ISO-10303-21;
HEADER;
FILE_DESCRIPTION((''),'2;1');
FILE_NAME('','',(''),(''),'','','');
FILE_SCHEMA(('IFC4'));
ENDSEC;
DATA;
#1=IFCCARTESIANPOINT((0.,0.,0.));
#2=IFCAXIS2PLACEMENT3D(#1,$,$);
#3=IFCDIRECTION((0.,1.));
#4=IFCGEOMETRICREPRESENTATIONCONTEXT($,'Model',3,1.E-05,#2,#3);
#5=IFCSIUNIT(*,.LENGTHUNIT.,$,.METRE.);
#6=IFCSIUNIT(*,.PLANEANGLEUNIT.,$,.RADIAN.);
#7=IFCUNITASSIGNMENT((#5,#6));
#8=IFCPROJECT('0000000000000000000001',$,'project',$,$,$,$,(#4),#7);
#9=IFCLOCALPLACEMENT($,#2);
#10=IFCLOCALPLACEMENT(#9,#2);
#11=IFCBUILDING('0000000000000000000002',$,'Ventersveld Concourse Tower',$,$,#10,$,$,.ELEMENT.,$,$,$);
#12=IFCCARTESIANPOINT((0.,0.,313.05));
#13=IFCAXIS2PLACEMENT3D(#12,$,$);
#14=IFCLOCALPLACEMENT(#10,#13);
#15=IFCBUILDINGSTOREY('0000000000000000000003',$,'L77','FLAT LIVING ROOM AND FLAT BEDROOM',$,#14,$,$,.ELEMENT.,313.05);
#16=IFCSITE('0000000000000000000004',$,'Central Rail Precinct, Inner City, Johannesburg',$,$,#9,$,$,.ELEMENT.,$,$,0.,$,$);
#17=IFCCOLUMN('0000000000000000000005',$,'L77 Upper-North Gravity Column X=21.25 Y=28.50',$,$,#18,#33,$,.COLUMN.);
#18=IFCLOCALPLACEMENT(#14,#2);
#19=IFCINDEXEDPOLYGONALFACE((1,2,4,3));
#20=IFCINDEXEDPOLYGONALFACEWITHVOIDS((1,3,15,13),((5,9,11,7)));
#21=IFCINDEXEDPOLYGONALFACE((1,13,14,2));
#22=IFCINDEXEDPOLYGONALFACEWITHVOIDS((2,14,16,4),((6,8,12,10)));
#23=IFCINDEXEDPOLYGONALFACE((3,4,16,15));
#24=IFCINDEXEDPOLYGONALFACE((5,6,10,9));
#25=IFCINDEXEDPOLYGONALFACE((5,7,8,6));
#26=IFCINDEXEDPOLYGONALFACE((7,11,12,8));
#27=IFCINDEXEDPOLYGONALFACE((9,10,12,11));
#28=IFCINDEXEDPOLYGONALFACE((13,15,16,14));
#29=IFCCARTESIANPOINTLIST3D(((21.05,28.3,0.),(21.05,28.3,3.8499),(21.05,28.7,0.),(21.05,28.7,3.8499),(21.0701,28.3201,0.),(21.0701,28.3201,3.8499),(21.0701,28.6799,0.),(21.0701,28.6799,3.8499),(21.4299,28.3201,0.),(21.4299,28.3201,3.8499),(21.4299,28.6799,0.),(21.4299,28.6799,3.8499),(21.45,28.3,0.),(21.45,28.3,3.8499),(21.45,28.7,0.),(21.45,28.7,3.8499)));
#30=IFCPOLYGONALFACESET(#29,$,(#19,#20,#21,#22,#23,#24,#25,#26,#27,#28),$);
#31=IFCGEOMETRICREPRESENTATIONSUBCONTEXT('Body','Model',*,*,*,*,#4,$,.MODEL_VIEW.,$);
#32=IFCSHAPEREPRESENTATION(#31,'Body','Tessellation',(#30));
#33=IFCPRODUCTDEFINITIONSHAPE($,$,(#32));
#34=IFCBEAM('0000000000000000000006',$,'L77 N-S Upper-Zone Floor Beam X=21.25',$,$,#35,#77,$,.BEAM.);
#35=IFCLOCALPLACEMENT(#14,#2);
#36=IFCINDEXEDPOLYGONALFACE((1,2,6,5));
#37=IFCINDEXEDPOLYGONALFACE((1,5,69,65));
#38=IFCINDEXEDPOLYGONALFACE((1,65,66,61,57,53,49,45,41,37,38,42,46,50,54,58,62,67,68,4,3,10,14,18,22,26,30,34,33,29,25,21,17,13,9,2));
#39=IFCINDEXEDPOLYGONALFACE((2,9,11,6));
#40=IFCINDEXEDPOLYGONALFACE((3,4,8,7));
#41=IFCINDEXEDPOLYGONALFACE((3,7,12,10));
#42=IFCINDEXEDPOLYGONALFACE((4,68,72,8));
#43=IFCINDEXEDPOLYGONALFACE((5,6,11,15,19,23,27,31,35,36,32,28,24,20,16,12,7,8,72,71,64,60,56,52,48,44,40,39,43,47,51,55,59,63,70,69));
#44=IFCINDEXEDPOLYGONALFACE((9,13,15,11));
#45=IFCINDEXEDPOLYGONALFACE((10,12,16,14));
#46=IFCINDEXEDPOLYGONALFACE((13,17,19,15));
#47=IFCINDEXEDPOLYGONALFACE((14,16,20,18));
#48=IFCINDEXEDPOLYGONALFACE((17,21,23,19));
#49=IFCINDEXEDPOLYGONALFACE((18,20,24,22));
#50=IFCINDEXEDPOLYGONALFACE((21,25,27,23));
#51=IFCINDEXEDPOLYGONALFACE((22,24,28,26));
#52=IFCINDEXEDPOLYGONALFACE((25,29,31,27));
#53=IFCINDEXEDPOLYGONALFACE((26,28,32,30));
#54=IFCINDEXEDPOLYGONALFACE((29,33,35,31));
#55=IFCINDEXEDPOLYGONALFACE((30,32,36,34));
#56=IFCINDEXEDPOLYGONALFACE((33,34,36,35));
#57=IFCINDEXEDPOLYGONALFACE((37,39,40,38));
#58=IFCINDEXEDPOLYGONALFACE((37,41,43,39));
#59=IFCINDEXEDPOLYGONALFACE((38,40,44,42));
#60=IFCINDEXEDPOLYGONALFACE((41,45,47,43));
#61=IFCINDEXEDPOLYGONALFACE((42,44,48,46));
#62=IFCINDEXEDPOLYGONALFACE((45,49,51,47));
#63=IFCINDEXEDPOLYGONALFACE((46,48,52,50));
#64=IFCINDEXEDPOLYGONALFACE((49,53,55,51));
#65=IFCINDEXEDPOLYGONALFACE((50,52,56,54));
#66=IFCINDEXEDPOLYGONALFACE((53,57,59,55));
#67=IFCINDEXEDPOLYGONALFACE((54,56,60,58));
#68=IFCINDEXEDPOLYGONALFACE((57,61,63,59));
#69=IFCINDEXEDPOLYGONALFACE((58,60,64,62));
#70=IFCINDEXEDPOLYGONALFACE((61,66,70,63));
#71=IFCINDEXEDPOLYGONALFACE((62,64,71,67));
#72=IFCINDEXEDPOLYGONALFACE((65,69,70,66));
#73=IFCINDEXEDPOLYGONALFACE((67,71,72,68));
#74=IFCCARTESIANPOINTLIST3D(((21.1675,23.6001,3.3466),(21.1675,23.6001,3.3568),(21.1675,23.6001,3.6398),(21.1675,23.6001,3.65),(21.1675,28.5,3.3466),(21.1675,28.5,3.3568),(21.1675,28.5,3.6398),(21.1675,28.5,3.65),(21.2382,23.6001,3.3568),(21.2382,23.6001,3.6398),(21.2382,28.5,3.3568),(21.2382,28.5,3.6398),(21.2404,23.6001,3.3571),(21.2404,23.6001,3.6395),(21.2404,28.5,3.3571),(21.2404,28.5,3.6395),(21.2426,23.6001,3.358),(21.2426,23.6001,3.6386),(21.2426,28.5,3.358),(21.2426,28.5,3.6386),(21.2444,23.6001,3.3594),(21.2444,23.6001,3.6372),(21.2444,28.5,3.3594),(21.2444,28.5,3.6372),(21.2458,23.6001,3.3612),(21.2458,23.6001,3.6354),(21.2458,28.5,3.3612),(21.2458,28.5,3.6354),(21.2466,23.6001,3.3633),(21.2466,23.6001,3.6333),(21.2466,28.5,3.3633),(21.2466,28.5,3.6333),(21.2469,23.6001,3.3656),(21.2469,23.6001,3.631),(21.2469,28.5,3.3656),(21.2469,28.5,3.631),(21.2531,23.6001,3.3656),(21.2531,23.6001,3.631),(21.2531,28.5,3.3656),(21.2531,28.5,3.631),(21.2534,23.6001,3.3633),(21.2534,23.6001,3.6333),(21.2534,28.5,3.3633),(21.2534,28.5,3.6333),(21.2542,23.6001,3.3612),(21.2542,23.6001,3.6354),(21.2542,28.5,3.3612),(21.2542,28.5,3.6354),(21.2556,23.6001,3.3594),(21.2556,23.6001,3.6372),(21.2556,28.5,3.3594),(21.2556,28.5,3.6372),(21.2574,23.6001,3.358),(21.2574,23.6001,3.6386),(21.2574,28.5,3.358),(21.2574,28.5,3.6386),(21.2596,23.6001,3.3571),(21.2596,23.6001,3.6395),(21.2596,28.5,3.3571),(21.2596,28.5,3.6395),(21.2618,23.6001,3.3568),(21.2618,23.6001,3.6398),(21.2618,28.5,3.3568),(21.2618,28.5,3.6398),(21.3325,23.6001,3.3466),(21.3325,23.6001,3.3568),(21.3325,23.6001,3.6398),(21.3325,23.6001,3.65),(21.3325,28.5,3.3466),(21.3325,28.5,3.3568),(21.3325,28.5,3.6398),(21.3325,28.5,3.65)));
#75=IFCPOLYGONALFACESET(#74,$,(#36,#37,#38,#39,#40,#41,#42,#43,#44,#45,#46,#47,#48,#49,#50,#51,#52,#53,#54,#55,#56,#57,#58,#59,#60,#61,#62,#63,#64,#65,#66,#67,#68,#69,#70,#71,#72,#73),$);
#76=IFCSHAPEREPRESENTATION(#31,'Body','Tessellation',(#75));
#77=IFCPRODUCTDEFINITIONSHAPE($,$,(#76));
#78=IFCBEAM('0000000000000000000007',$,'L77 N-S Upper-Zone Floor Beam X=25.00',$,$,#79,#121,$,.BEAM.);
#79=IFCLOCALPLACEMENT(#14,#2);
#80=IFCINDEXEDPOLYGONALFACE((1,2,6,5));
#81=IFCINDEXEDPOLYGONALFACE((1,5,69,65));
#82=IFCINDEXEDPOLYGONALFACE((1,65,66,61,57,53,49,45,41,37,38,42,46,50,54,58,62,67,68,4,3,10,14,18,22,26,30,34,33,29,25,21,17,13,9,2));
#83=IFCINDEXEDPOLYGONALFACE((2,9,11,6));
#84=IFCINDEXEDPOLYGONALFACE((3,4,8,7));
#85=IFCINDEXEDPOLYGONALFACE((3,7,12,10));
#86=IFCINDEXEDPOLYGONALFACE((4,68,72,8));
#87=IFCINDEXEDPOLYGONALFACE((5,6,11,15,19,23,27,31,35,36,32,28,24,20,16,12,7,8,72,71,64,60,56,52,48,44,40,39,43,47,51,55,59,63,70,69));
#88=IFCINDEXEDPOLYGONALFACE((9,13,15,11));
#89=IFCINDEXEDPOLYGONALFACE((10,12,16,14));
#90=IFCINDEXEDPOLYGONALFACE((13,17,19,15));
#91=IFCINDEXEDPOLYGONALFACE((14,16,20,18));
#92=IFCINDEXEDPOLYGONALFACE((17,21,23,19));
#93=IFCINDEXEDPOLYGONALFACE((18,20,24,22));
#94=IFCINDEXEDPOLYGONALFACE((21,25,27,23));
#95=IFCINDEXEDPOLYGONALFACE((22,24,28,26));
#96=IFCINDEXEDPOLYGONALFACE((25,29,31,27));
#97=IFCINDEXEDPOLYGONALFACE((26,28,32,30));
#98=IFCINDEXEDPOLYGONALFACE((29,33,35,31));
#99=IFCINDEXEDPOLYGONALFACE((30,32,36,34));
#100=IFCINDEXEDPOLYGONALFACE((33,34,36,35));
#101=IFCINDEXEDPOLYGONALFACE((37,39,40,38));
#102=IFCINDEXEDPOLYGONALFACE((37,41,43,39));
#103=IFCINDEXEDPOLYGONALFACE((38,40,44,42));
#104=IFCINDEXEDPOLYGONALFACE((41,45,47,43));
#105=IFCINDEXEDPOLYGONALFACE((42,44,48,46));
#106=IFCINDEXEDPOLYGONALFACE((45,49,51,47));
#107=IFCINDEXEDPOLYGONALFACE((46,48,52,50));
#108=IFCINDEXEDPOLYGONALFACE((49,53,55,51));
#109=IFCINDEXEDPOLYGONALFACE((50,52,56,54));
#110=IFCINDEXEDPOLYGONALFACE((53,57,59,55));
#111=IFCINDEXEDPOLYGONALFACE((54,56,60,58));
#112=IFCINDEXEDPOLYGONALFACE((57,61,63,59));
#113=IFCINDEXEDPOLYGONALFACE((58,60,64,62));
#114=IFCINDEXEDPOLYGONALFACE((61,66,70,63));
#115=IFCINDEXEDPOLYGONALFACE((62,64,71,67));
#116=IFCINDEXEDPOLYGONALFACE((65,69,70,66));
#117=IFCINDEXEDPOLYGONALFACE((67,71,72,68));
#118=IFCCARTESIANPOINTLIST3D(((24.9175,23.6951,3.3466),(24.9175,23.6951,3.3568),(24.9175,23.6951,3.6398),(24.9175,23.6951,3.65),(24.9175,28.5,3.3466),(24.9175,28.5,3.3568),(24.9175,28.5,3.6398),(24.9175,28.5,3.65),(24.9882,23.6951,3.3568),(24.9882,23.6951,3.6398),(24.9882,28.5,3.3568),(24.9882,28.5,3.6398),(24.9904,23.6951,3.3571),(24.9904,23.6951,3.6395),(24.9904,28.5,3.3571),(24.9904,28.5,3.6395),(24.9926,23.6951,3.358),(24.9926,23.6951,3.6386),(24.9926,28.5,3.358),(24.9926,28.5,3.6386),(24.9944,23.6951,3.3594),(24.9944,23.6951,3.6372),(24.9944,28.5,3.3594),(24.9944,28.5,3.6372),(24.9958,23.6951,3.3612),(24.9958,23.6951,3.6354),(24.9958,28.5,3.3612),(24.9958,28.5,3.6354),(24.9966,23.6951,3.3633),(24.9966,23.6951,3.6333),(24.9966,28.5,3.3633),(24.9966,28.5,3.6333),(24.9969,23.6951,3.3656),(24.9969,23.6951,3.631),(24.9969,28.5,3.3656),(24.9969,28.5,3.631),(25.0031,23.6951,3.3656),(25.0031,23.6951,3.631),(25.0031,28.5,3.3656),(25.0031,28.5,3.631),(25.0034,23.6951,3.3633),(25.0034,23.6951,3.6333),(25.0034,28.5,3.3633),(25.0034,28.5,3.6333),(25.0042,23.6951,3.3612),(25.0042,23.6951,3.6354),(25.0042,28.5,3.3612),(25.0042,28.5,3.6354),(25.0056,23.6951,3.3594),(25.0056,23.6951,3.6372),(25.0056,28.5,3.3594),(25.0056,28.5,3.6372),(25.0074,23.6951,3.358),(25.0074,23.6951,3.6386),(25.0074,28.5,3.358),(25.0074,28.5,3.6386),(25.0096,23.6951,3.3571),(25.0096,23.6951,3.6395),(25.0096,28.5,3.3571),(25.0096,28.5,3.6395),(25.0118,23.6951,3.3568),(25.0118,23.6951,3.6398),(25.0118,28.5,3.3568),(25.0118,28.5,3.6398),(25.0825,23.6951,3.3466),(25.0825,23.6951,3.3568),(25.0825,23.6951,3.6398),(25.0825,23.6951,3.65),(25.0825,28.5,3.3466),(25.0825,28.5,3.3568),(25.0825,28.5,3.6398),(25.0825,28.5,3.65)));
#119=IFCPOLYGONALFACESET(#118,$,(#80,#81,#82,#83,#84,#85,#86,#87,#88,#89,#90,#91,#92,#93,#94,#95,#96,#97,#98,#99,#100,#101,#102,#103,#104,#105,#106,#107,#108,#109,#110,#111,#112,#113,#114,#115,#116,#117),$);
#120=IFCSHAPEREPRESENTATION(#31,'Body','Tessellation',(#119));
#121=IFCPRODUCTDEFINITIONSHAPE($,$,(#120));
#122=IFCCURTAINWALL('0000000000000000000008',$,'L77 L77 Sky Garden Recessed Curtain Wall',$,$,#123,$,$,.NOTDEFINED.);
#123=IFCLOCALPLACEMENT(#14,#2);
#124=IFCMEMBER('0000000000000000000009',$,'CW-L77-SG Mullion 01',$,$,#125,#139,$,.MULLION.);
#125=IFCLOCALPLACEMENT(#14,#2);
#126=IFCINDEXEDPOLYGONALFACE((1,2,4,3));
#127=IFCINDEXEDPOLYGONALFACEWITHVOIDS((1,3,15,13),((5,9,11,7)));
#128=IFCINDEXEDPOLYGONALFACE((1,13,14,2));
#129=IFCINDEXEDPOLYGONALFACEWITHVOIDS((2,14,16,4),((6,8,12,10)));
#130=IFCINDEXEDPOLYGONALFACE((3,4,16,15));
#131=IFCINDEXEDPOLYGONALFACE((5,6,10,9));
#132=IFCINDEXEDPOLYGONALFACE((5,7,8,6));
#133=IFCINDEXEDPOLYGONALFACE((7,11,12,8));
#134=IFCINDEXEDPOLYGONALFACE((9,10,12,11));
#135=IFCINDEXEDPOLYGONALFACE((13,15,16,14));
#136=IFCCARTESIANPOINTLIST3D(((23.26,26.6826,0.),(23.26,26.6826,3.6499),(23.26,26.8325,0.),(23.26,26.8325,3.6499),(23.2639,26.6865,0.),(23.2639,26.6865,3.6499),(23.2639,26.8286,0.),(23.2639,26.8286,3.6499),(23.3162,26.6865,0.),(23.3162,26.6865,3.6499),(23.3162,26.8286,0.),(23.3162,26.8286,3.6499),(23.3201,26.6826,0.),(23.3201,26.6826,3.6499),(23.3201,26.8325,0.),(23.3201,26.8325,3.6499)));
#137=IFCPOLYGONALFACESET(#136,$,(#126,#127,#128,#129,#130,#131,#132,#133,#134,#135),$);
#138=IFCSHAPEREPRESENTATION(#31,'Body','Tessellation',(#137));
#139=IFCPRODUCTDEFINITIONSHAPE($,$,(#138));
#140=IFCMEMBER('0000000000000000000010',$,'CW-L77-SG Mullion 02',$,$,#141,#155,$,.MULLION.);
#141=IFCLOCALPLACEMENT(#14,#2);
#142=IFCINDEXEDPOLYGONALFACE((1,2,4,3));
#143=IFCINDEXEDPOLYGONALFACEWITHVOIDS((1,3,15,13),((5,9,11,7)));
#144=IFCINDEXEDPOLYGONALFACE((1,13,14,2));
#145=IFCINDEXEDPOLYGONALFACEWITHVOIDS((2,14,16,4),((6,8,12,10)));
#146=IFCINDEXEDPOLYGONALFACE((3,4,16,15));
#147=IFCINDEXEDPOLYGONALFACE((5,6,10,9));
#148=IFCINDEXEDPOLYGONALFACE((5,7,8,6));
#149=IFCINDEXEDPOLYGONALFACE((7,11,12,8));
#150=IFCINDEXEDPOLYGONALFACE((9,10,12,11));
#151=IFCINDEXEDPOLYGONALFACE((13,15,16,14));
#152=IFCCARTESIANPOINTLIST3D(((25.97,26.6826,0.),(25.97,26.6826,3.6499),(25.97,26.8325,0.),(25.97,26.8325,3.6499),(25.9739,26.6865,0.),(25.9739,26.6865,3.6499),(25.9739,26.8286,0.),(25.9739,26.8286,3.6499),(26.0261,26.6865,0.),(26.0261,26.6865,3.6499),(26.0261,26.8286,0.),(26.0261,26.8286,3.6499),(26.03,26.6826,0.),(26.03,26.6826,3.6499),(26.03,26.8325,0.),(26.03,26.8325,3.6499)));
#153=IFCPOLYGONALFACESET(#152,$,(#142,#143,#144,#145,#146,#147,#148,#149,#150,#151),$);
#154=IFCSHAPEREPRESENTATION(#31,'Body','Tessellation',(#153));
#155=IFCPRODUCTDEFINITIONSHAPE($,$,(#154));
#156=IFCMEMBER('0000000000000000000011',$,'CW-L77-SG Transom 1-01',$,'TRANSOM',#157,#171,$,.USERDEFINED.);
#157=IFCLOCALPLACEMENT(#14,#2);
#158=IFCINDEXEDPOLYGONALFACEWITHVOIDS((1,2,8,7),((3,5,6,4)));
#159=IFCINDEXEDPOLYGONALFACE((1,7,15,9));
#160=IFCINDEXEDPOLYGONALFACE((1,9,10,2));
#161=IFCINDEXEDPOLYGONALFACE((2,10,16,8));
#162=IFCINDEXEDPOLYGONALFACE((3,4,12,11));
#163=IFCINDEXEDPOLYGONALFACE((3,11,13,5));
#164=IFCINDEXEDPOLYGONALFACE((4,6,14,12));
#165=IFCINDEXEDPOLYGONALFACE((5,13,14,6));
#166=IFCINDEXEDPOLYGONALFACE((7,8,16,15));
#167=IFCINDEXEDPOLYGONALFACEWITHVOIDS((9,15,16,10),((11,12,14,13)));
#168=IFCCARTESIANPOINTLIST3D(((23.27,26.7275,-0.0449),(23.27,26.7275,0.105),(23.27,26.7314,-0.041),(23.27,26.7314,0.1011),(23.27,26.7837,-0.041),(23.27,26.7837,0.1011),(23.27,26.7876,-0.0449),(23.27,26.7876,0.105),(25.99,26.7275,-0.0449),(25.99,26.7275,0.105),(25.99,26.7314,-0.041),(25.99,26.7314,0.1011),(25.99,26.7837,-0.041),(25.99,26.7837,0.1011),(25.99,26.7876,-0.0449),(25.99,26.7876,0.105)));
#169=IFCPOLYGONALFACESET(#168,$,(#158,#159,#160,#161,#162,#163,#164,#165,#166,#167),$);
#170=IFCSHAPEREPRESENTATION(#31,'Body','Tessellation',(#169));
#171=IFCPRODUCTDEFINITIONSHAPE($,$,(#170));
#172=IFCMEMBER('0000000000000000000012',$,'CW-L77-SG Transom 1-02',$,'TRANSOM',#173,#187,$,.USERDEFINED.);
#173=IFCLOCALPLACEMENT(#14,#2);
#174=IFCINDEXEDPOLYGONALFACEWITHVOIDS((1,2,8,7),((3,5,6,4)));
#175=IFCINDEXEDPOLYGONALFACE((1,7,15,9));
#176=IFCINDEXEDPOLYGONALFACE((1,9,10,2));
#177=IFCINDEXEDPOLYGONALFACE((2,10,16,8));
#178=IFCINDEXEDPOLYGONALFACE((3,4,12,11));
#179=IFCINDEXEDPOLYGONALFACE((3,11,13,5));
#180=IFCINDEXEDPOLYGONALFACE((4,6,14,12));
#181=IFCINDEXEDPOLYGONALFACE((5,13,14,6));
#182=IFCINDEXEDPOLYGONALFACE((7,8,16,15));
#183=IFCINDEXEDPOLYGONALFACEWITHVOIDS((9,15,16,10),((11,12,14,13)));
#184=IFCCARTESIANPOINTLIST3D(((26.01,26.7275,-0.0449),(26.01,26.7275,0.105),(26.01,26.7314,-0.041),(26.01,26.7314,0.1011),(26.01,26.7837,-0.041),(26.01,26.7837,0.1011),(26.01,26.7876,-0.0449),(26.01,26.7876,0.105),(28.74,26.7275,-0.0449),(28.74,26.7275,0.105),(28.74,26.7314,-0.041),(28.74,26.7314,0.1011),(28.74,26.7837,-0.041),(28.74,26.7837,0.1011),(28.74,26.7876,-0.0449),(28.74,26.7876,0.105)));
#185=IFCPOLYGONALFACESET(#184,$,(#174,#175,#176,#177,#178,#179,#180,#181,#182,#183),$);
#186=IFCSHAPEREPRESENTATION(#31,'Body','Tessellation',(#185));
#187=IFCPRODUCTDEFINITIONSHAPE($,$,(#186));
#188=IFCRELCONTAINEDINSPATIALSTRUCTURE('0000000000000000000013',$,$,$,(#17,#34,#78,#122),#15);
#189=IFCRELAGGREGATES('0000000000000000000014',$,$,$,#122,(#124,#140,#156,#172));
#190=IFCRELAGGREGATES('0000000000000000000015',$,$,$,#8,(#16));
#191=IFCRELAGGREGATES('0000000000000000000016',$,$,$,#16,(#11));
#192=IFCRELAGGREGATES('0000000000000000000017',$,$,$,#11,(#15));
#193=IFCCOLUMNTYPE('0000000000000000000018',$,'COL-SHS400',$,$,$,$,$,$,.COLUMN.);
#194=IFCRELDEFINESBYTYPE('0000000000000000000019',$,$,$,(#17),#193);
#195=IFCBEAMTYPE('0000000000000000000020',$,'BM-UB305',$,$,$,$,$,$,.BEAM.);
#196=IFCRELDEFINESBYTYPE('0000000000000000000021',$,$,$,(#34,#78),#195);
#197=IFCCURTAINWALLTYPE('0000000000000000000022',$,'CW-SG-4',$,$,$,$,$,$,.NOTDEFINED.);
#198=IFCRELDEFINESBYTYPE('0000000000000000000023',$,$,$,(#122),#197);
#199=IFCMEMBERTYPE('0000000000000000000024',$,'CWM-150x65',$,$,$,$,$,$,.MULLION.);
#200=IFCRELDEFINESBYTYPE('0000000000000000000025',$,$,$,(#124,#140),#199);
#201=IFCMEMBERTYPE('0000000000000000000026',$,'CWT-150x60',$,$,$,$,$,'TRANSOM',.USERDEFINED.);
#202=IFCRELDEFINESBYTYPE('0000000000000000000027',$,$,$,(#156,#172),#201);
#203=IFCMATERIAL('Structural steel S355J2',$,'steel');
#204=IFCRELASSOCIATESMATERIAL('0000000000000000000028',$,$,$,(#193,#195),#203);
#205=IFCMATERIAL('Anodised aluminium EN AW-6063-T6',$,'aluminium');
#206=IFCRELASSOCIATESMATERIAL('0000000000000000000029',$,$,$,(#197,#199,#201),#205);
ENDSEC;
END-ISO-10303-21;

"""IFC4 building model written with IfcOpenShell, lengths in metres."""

from ifc_helpers import new_model, si_unit, direction, frame, origin, origin_2d, place, context, subcontext, project, spatial, hollow_rectangle, i_section, extrude, material, material_profile, profile_set, type_object, element, aggregate, save


model = new_model("IFC4")

# Units and contexts
model_context = context("Model", 3, precision=1e-05, world=origin(), true_north=direction((0.0, 1.0)))
body_context = subcontext(model_context, "Body", "Model", "MODEL_VIEW")
ifc_project = project(units=[si_unit("LENGTHUNIT", "METRE"), si_unit("PLANEANGLEUNIT", "RADIAN")], contexts=[model_context])

# Site, building, storey
site_placement = place(None, origin())
site = spatial("IfcSite", under=ifc_project, at=site_placement, Name="Central Rail Precinct, Inner City, Johannesburg", CompositionType="ELEMENT", RefElevation=0.0)
building_placement = place(site_placement, origin())
building = spatial("IfcBuilding", under=site, at=building_placement, Name="Ventersveld Concourse Tower", CompositionType="ELEMENT")
storey_placement = place(building_placement, frame((0.0, 0.0, 313.05)))
storey = spatial("IfcBuildingStorey", under=building, at=storey_placement, Name="L77", Description="FLAT LIVING ROOM AND FLAT BEDROOM", CompositionType="ELEMENT", Elevation=313.05)

# Column
ifc_material_1 = material(Name="Structural steel S355J2", Category="steel")
ifc_material_profile_1 = material_profile(ifc_material_1, hollow_rectangle(XDim=0.3999, YDim=0.3999, WallThickness=0.02, at=origin_2d()), Name="SHS 400x400x20")
ifc_profile_set_1 = profile_set([ifc_material_profile_1], Name="Structural steel S355J2")
column_type = type_object("IfcColumnType", Name="COL-SHS400", PredefinedType="COLUMN", material=ifc_profile_set_1)
column_placement = place(storey_placement, frame((21.25, 28.5, 0.0), z_axis=(0.0, 0.0, 1.0), x_axis=(1.0, 0.0, 0.0)))
element("IfcColumn", 1, at=column_placement, inside=storey, type_object=column_type, Name="L77 Upper-North Gravity Column X=21.25 Y=28.50", PredefinedType="COLUMN", context=body_context, shape_type="SweptSolid", body=[
    extrude(hollow_rectangle(XDim=0.3999, YDim=0.3999, WallThickness=0.02, at=origin_2d()), origin(), (0.0, 0.0, 1.0), 3.8499),
])

# Beams
ifc_material_profile_2 = material_profile(ifc_material_1, i_section(OverallWidth=0.165, OverallDepth=0.3035, WebThickness=0.0061, FlangeThickness=0.0103, FilletRadius=0.0088, at=origin_2d()), Name="UB 305x165x40")
ifc_profile_set_2 = profile_set([ifc_material_profile_2], Name="Structural steel S355J2")
beam_type_1 = type_object("IfcBeamType", Name="BM-UB305", PredefinedType="BEAM", material=ifc_profile_set_2)
beam_1_placement = place(storey_placement, frame((21.25, 23.6001, 3.4983), z_axis=(0.0, 1.0, 0.0), x_axis=(-1.0, 0.0, 0.0)))
element("IfcBeam", 2, at=beam_1_placement, inside=storey, type_object=beam_type_1, Name="L77 N-S Upper-Zone Floor Beam X=21.25", PredefinedType="BEAM", context=body_context, shape_type="SweptSolid", body=[
    extrude(i_section(OverallWidth=0.165, OverallDepth=0.3035, WebThickness=0.0061, FlangeThickness=0.0103, FilletRadius=0.0088, at=origin_2d()), origin(), (0.0, 0.0, 1.0), 4.8999),
])
beam_2_placement = place(storey_placement, frame((25.0, 23.6951, 3.4983), z_axis=(0.0, 1.0, 0.0), x_axis=(-1.0, 0.0, 0.0)))
element("IfcBeam", 3, at=beam_2_placement, inside=storey, type_object=beam_type_1, Name="L77 N-S Upper-Zone Floor Beam X=25.00", PredefinedType="BEAM", context=body_context, shape_type="SweptSolid", body=[
    extrude(i_section(OverallWidth=0.165, OverallDepth=0.3035, WebThickness=0.0061, FlangeThickness=0.0103, FilletRadius=0.0088, at=origin_2d()), origin(), (0.0, 0.0, 1.0), 4.8049),
])

# Curtain wall, members
ifc_material_2 = material(Name="Anodised aluminium EN AW-6063-T6", Category="aluminium")
curtain_wall_type = type_object("IfcCurtainWallType", Name="CW-SG-4", PredefinedType="NOTDEFINED", material=ifc_material_2)
curtain_wall_placement = place(storey_placement, origin())
curtain_wall = element("IfcCurtainWall", 4, at=curtain_wall_placement, inside=storey, type_object=curtain_wall_type, Name="L77 L77 Sky Garden Recessed Curtain Wall", PredefinedType="NOTDEFINED")
ifc_material_profile_3 = material_profile(ifc_material_2, hollow_rectangle(XDim=0.0601, YDim=0.1499, WallThickness=0.0039, at=origin_2d()), Name="ALU 150x60x4")
ifc_profile_set_3 = profile_set([ifc_material_profile_3], Name="Anodised aluminium EN AW-6063-T6")
member_type_1 = type_object("IfcMemberType", Name="CWM-150x65", PredefinedType="MULLION", material=ifc_profile_set_3)
member_1_placement = place(storey_placement, frame((23.29, 26.7576, 0.0), z_axis=(0.0, 0.0, 1.0), x_axis=(1.0, 0.0, 0.0)))
member_1 = element("IfcMember", 5, at=member_1_placement, type_object=member_type_1, Name="CW-L77-SG Mullion 01", PredefinedType="MULLION", context=body_context, shape_type="SweptSolid", body=[
    extrude(hollow_rectangle(XDim=0.0601, YDim=0.1499, WallThickness=0.0039, at=origin_2d()), origin(), (0.0, 0.0, 1.0), 3.6499),
])
member_2_placement = place(storey_placement, frame((26.0, 26.7576, 0.0), z_axis=(0.0, 0.0, 1.0), x_axis=(1.0, 0.0, 0.0)))
member_2 = element("IfcMember", 6, at=member_2_placement, type_object=member_type_1, Name="CW-L77-SG Mullion 02", PredefinedType="MULLION", context=body_context, shape_type="SweptSolid", body=[
    extrude(hollow_rectangle(XDim=0.0601, YDim=0.1499, WallThickness=0.0039, at=origin_2d()), origin(), (0.0, 0.0, 1.0), 3.6499),
])
ifc_material_profile_4 = material_profile(ifc_material_2, hollow_rectangle(XDim=0.0601, YDim=0.1499, WallThickness=0.0039, at=origin_2d()), Name="ALU 150x60x4")
ifc_profile_set_4 = profile_set([ifc_material_profile_4], Name="Anodised aluminium EN AW-6063-T6")
member_type_2 = type_object("IfcMemberType", Name="CWT-150x60", ElementType="TRANSOM", PredefinedType="USERDEFINED", material=ifc_profile_set_4)
member_3_placement = place(storey_placement, frame((23.27, 26.7576, 0.03), z_axis=(1.0, 0.0, 0.0), x_axis=(0.0, 1.0, 0.0)))
member_3 = element("IfcMember", 7, at=member_3_placement, type_object=member_type_2, Name="CW-L77-SG Transom 1-01", ObjectType="TRANSOM", PredefinedType="USERDEFINED", context=body_context, shape_type="SweptSolid", body=[
    extrude(hollow_rectangle(XDim=0.0601, YDim=0.1499, WallThickness=0.0039, at=origin_2d()), origin(), (0.0, 0.0, 1.0), 2.72),
])
member_4_placement = place(storey_placement, frame((26.01, 26.7576, 0.03), z_axis=(1.0, 0.0, 0.0), x_axis=(0.0, 1.0, 0.0)))
member_4 = element("IfcMember", 8, at=member_4_placement, type_object=member_type_2, Name="CW-L77-SG Transom 1-02", ObjectType="TRANSOM", PredefinedType="USERDEFINED", context=body_context, shape_type="SweptSolid", body=[
    extrude(hollow_rectangle(XDim=0.0601, YDim=0.1499, WallThickness=0.0039, at=origin_2d()), origin(), (0.0, 0.0, 1.0), 2.73),
])

aggregate(curtain_wall, [member_1, member_2, member_3, member_4])

save(model, "model.ifc")
